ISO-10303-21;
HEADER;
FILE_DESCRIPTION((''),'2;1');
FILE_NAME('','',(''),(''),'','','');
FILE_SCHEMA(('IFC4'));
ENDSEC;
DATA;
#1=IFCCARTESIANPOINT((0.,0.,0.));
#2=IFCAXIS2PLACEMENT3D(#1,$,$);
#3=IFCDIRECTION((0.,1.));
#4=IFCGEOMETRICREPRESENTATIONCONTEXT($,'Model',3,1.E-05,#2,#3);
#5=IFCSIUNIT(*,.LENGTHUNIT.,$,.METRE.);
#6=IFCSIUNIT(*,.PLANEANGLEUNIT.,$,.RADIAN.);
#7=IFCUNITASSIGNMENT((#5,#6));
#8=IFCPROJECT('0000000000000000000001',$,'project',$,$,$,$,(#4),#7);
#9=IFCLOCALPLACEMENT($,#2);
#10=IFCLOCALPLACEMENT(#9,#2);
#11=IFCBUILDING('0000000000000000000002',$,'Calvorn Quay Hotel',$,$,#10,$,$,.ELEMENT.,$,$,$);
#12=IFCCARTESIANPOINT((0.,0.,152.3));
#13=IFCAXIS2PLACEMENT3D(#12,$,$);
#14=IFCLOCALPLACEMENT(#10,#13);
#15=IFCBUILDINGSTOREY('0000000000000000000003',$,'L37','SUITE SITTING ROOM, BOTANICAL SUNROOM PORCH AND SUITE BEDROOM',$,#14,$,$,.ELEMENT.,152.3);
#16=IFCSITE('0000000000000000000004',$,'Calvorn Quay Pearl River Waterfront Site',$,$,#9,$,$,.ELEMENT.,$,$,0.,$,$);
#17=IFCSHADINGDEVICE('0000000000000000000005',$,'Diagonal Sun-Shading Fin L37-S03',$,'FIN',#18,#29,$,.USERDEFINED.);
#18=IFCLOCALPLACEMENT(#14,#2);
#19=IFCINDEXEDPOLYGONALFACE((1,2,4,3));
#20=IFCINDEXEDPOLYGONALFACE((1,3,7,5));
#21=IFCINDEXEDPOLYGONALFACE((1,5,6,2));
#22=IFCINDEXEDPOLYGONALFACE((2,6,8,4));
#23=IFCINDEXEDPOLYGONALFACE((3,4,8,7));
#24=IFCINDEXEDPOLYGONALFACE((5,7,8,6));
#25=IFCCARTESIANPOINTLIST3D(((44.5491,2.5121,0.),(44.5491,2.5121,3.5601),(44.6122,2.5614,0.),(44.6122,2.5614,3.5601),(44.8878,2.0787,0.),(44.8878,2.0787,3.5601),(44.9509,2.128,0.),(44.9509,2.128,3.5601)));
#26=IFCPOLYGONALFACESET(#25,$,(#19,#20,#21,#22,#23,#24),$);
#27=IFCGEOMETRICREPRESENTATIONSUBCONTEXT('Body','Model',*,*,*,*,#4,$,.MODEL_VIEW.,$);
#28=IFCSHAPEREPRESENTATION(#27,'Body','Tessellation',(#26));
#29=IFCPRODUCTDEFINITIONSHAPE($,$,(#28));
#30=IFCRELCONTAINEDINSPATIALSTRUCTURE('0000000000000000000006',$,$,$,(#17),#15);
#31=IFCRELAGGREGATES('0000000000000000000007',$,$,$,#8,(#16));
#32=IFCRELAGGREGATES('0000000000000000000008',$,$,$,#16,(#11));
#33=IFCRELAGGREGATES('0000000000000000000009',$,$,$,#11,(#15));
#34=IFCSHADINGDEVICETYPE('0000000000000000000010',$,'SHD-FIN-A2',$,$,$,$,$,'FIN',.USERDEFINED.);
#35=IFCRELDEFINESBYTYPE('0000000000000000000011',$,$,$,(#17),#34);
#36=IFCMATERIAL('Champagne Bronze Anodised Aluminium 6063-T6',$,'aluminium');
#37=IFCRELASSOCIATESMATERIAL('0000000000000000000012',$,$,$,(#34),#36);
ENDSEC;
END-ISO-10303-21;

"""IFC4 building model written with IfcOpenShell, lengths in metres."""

from ifc_helpers import new_model, si_unit, direction, frame, origin, origin_2d, place, context, subcontext, project, spatial, rectangle, extrude, material, type_object, element, save


model = new_model("IFC4")

# Units and contexts
model_context = context("Model", 3, precision=1e-05, world=origin(), true_north=direction((0.0, 1.0)))
body_context = subcontext(model_context, "Body", "Model", "MODEL_VIEW")
ifc_project = project(units=[si_unit("LENGTHUNIT", "METRE"), si_unit("PLANEANGLEUNIT", "RADIAN")], contexts=[model_context])

# Site, building, storey
site_placement = place(None, origin())
site = spatial("IfcSite", under=ifc_project, at=site_placement, Name="Calvorn Quay Pearl River Waterfront Site", CompositionType="ELEMENT", RefElevation=0.0)
building_placement = place(site_placement, origin())
building = spatial("IfcBuilding", under=site, at=building_placement, Name="Calvorn Quay Hotel", CompositionType="ELEMENT")
storey_placement = place(building_placement, frame((0.0, 0.0, 152.3)))
storey = spatial("IfcBuildingStorey", under=building, at=storey_placement, Name="L37", Description="SUITE SITTING ROOM, BOTANICAL SUNROOM PORCH AND SUITE BEDROOM", CompositionType="ELEMENT", Elevation=152.3)

# Shading device
ifc_material_1 = material(Name="Champagne Bronze Anodised Aluminium 6063-T6", Category="aluminium")
shading_device_type = type_object("IfcShadingDeviceType", Name="SHD-FIN-A2", ElementType="FIN", PredefinedType="USERDEFINED", material=ifc_material_1)
shading_device_placement = place(storey_placement, frame((44.75, 2.3201, 0.0), z_axis=(0.0, 0.0, 1.0), x_axis=(-0.615661, 0.788011, 0.0)))
element("IfcShadingDevice", 1, at=shading_device_placement, inside=storey, type_object=shading_device_type, Name="Diagonal Sun-Shading Fin L37-S03", ObjectType="FIN", PredefinedType="USERDEFINED", context=body_context, shape_type="SweptSolid", body=[
    extrude(rectangle(XDim=0.55, YDim=0.0801, at=origin_2d()), origin(), (0.0, 0.0, 1.0), 3.5601),
])

save(model, "model.ifc")
